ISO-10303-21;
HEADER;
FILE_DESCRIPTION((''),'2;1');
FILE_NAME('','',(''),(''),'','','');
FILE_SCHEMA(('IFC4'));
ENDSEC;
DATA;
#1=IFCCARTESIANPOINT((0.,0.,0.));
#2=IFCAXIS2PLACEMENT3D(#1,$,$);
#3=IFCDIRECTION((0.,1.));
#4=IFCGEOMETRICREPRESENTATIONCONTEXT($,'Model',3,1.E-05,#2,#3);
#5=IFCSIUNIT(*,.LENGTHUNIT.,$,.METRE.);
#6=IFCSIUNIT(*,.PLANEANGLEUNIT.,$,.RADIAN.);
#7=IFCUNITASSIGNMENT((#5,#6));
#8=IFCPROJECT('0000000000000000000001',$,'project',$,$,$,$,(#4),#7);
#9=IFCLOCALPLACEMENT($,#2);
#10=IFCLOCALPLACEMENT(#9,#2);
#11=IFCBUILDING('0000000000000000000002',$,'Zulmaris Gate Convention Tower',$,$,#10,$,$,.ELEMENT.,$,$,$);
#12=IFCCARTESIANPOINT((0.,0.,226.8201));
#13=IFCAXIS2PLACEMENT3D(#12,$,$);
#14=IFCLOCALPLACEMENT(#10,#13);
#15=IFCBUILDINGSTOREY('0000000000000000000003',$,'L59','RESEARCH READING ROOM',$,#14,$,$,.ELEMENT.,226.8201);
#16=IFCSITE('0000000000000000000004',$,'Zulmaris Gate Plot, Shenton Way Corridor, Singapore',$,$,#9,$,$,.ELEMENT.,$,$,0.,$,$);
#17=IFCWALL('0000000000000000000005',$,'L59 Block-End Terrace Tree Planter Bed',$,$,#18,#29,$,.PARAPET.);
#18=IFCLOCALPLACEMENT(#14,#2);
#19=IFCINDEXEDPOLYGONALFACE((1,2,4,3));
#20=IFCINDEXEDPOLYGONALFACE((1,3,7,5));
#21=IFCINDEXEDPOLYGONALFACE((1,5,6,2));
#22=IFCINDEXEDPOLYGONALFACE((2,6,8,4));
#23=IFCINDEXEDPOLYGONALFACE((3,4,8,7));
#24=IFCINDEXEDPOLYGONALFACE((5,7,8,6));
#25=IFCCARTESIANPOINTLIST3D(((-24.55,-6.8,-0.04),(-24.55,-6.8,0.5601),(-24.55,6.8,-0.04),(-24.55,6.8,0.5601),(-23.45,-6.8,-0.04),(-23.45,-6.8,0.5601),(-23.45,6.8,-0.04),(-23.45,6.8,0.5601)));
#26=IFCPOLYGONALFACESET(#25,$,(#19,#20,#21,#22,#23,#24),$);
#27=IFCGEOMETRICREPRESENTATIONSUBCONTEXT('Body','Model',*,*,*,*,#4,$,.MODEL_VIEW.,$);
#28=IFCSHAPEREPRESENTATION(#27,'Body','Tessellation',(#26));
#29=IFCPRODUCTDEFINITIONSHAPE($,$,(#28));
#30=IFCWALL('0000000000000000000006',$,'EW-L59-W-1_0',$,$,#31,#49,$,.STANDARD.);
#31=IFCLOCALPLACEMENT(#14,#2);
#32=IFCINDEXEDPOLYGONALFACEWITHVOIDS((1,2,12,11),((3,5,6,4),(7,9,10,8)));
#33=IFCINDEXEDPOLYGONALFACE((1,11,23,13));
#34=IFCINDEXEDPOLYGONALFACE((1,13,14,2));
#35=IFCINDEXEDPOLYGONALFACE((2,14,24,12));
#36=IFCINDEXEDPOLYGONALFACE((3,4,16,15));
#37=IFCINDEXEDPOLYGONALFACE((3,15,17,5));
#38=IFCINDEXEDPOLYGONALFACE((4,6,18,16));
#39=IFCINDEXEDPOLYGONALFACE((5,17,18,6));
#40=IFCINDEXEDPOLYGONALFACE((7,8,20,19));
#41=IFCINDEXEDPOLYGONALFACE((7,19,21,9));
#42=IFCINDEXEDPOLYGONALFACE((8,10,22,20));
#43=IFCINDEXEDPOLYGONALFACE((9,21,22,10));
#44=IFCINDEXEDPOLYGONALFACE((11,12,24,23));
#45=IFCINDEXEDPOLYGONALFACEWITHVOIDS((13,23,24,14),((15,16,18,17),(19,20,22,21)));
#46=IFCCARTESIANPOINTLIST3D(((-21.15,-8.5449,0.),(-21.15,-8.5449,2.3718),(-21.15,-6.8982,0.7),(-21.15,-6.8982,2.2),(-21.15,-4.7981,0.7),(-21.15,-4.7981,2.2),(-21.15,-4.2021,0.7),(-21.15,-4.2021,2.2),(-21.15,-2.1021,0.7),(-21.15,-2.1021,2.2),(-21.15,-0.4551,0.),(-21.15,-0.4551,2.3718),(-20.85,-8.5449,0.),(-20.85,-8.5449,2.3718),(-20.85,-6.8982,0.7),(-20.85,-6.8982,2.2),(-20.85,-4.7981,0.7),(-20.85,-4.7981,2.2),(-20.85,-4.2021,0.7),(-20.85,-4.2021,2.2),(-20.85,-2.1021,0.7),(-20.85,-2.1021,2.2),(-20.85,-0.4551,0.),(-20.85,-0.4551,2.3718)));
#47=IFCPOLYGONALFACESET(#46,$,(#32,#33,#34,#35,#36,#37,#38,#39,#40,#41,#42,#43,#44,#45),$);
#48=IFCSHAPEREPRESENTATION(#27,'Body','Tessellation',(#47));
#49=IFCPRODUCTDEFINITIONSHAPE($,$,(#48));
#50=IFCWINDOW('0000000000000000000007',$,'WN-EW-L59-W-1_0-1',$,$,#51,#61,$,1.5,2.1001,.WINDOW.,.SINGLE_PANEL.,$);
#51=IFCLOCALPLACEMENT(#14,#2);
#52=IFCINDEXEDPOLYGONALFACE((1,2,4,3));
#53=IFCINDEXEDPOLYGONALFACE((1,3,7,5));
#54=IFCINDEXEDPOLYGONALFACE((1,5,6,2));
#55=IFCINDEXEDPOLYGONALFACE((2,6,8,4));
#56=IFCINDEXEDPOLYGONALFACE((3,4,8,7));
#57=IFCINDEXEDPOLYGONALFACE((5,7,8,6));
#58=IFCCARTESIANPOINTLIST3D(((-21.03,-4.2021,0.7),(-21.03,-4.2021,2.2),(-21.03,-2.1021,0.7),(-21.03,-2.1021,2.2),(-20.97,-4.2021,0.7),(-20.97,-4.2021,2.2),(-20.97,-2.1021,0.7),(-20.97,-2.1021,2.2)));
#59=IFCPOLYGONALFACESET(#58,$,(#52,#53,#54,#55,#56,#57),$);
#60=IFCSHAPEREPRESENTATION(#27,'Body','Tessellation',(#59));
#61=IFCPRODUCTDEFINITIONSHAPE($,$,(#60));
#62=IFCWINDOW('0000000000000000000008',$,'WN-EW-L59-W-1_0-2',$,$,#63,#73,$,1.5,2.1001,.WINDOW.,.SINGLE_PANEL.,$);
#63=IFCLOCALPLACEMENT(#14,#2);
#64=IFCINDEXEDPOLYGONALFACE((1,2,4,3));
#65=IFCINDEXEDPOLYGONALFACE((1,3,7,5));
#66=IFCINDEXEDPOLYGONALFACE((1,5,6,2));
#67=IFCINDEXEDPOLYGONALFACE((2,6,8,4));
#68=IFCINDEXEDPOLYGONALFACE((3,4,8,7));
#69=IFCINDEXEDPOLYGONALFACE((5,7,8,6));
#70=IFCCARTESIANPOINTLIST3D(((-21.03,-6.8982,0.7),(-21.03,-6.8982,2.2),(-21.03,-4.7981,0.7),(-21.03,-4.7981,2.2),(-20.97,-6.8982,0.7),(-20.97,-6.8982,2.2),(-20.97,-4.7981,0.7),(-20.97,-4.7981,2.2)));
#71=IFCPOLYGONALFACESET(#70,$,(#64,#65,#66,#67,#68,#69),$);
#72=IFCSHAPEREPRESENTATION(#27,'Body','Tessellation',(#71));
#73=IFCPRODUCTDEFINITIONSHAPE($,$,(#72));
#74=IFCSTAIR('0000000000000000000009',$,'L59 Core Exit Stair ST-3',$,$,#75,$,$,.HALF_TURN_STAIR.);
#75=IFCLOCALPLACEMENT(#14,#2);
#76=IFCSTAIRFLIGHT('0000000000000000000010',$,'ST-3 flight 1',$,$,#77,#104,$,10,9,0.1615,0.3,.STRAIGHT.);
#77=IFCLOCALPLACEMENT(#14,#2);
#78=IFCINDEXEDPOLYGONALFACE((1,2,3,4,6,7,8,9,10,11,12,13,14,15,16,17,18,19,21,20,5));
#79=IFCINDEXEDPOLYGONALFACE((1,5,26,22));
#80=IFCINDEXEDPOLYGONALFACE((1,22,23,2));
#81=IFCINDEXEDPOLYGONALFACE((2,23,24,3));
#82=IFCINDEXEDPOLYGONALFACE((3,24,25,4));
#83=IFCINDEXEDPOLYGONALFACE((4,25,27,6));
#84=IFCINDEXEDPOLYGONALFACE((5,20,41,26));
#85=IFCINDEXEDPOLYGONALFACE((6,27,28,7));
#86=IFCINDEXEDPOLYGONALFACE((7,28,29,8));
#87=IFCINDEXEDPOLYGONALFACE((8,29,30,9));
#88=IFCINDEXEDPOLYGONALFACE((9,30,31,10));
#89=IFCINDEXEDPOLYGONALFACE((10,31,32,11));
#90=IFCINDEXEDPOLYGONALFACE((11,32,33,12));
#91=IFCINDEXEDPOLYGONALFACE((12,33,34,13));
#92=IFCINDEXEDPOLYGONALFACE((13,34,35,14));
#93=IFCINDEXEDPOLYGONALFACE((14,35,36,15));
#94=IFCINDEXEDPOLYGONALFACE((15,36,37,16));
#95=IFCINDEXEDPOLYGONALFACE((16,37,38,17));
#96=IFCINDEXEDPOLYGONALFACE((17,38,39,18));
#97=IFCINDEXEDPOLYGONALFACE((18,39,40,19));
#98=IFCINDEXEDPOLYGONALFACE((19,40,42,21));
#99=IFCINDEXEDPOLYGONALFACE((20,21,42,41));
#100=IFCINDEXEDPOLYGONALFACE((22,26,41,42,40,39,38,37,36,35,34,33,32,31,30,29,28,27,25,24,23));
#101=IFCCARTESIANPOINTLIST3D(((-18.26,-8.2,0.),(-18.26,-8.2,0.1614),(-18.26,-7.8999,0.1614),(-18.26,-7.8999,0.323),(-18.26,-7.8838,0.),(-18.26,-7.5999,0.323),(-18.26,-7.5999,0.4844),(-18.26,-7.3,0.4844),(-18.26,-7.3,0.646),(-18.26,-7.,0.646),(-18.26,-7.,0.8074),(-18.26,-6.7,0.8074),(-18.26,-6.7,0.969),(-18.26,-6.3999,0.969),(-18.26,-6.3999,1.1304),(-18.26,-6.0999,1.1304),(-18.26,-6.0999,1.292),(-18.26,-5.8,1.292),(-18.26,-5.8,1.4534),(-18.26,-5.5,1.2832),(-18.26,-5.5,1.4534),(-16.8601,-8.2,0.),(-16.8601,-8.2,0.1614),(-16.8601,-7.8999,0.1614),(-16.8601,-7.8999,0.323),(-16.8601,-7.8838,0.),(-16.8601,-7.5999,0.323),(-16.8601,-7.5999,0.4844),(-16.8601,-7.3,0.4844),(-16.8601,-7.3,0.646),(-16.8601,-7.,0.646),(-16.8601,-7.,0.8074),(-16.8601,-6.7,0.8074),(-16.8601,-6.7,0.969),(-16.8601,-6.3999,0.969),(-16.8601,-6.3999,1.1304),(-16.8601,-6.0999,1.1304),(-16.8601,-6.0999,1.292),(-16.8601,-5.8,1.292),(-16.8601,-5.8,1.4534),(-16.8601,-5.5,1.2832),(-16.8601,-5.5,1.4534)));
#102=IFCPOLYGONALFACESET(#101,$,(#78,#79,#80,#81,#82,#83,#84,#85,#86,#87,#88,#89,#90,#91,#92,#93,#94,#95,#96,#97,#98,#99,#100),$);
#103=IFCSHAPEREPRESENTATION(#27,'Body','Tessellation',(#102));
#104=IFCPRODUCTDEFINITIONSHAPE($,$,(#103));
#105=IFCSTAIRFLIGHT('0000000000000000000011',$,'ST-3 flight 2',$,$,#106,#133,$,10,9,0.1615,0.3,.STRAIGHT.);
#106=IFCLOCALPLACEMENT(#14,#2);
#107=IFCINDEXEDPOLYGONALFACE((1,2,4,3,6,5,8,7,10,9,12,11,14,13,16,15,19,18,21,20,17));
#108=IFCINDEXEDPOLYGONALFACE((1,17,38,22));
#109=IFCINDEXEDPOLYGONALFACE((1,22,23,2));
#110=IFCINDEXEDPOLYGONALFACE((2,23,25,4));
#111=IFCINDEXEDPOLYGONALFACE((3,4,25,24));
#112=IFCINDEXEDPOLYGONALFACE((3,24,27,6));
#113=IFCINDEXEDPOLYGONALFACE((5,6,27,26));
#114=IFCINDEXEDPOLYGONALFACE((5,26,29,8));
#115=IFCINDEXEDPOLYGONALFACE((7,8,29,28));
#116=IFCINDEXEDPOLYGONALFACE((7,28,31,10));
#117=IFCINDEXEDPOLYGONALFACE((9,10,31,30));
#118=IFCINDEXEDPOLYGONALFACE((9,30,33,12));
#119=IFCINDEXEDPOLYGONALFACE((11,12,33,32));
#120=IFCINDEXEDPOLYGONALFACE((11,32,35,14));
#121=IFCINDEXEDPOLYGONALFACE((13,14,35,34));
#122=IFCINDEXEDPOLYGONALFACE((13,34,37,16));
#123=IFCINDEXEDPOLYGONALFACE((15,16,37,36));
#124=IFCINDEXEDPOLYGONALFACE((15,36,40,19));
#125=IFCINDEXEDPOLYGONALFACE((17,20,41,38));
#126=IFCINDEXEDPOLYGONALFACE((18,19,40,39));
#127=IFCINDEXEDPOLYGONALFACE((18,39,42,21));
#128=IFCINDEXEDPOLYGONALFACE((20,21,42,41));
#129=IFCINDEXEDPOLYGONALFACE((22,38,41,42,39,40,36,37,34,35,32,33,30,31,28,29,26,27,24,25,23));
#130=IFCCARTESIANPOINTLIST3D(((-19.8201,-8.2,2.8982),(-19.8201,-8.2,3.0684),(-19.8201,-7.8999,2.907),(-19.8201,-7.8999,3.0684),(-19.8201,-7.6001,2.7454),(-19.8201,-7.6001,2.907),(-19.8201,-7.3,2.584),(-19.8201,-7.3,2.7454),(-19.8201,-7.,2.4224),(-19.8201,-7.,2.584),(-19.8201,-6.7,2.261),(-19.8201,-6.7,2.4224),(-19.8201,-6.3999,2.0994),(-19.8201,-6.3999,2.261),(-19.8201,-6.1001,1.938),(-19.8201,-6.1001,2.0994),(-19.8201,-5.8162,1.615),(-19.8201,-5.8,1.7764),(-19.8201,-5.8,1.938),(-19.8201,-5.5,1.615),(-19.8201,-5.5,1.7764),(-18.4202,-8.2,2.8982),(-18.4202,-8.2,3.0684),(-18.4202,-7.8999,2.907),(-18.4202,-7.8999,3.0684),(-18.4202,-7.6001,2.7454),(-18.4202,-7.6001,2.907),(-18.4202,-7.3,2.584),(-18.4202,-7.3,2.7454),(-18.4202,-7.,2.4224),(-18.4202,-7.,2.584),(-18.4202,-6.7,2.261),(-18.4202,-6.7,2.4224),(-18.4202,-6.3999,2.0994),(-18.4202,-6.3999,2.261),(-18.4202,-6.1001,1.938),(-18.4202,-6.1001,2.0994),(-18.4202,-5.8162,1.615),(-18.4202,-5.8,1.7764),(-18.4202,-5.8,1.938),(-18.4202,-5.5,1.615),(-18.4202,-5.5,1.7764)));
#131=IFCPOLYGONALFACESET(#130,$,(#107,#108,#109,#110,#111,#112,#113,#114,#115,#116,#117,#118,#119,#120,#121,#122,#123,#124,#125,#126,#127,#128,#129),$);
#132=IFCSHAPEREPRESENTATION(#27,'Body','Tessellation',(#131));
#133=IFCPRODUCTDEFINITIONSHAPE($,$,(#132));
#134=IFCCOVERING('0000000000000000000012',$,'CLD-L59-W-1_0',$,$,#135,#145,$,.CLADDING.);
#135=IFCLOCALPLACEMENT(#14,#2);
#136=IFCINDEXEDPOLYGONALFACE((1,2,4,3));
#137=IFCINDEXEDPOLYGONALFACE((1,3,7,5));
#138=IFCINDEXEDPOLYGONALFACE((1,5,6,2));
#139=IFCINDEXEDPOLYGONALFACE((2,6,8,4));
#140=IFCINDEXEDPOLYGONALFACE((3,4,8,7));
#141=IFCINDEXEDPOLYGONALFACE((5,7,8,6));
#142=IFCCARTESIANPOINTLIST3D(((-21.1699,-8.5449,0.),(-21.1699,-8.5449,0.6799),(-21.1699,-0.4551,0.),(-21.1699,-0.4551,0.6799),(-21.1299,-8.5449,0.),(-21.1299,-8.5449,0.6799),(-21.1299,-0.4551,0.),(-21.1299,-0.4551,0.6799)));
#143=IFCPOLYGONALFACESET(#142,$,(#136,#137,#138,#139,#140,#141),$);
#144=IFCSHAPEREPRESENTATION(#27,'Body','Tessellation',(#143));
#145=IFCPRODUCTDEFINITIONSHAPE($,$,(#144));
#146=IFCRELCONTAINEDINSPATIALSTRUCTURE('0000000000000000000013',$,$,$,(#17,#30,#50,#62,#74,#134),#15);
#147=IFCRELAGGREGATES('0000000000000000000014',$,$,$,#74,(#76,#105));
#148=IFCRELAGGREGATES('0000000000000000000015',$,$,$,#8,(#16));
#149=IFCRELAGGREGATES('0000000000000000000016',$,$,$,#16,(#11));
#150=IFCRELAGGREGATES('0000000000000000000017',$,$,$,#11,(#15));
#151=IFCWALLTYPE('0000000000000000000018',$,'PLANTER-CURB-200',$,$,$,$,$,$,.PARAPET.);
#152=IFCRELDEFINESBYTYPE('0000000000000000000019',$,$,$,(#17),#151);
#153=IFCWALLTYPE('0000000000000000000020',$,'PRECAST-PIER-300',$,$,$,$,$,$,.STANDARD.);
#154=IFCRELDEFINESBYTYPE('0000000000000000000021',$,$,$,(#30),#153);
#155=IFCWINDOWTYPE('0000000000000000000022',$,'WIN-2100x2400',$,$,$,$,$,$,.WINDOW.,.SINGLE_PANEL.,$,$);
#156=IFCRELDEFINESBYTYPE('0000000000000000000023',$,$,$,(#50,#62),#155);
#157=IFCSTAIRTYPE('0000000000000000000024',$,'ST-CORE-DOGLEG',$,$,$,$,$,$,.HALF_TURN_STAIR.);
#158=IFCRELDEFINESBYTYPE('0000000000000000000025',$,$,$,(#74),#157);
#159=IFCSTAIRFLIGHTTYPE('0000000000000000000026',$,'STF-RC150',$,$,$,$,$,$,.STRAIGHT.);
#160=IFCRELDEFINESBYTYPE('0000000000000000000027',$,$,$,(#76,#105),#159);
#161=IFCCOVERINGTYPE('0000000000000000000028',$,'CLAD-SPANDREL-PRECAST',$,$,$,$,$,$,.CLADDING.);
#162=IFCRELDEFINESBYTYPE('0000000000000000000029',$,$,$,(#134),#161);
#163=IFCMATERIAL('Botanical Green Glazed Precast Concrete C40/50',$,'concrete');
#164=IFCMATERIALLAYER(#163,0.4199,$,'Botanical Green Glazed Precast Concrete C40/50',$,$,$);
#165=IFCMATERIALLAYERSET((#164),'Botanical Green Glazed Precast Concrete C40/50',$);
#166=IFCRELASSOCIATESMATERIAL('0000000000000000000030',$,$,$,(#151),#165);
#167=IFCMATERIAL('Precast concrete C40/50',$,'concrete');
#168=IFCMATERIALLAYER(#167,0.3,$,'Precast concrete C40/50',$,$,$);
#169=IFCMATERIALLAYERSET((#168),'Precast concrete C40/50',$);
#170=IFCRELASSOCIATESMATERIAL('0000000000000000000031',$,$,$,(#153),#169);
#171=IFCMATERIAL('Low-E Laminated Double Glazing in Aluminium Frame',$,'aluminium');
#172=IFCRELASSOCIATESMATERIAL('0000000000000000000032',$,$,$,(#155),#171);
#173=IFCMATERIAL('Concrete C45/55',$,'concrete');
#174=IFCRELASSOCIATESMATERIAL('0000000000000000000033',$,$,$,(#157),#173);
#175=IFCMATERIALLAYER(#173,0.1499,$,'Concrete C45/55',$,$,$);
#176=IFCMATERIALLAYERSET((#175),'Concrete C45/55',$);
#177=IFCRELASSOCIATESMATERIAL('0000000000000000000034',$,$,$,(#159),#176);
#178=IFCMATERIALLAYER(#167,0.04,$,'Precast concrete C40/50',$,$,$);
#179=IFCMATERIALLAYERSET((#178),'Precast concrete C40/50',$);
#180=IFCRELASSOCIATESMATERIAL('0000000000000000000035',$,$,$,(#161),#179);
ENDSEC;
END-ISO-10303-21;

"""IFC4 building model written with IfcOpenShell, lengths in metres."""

from ifc_helpers import new_model, si_unit, direction, frame, frame_2d, origin, place, context, subcontext, project, spatial, polyline, rectangle, outline, extrude, material, layer, layer_set, type_object, element, fill, aggregate, save


model = new_model("IFC4")

# Units and contexts
model_context = context("Model", 3, precision=1e-05, world=origin(), true_north=direction((0.0, 1.0)))
body_context = subcontext(model_context, "Body", "Model", "MODEL_VIEW")
ifc_project = project(units=[si_unit("LENGTHUNIT", "METRE"), si_unit("PLANEANGLEUNIT", "RADIAN")], contexts=[model_context])

# Site, building, storey
site_placement = place(None, origin())
site = spatial("IfcSite", under=ifc_project, at=site_placement, Name="Zulmaris Gate Plot, Shenton Way Corridor, Singapore", CompositionType="ELEMENT", RefElevation=0.0)
building_placement = place(site_placement, origin())
building = spatial("IfcBuilding", under=site, at=building_placement, Name="Zulmaris Gate Convention Tower", CompositionType="ELEMENT")
storey_placement = place(building_placement, frame((0.0, 0.0, 226.8201)))
storey = spatial("IfcBuildingStorey", under=building, at=storey_placement, Name="L59", Description="RESEARCH READING ROOM", CompositionType="ELEMENT", Elevation=226.8201)

# Wall
ifc_material_1 = material(Name="Botanical Green Glazed Precast Concrete C40/50", Category="concrete")
ifc_layer_1 = layer(ifc_material_1, 0.4199, Name="Botanical Green Glazed Precast Concrete C40/50")
ifc_layer_set_1 = layer_set([ifc_layer_1], Name="Botanical Green Glazed Precast Concrete C40/50")
wall_type_1 = type_object("IfcWallType", Name="PLANTER-CURB-200", PredefinedType="PARAPET", material=ifc_layer_set_1)
wall_1_placement = place(storey_placement, frame((-24.0, -6.8, -0.04), z_axis=(0.0, 0.0, 1.0), x_axis=(0.0, 1.0, 0.0)))
element("IfcWall", 1, at=wall_1_placement, inside=storey, type_object=wall_type_1, Name="L59 Block-End Terrace Tree Planter Bed", PredefinedType="PARAPET", context=body_context, shape_type="SweptSolid", body=[
    extrude(rectangle(XDim=13.6001, YDim=1.1001, at=frame_2d((6.8, 0.0))), origin(), (0.0, 0.0, 1.0), 0.6001),
])

# Wall, openings, windows
ifc_material_2 = material(Name="Precast concrete C40/50", Category="concrete")
ifc_layer_2 = layer(ifc_material_2, 0.3, Name="Precast concrete C40/50")
ifc_layer_set_2 = layer_set([ifc_layer_2], Name="Precast concrete C40/50")
wall_type_2 = type_object("IfcWallType", Name="PRECAST-PIER-300", PredefinedType="STANDARD", material=ifc_layer_set_2)
wall_2_placement = place(storey_placement, frame((-21.0, -0.4551, 0.0), z_axis=(0.0, 0.0, 1.0), x_axis=(0.0, -1.0, 0.0)))
wall_2 = element("IfcWall", 2, at=wall_2_placement, inside=storey, type_object=wall_type_2, Name="EW-L59-W-1_0", PredefinedType="STANDARD", context=body_context, shape_type="SweptSolid", body=[
    extrude(rectangle(XDim=8.0898, YDim=0.3, at=frame_2d((4.0449, 0.0))), origin(), (0.0, 0.0, 1.0), 2.3718),
])
opening_1_placement = place(wall_2_placement, frame((1.647, 0.0, 0.7)))
opening_1 = element("IfcOpeningElement", 3, at=opening_1_placement, cuts=wall_2, PredefinedType="OPENING", context=body_context, shape_type="SweptSolid", body=[
    extrude(rectangle(XDim=2.1001, YDim=1.5, at=frame_2d((1.05, 0.75))), frame((0.0, 0.1602, 0.0), z_axis=(0.0, -1.0, 0.0), x_axis=(1.0, 0.0, 0.0)), (0.0, 0.0, 1.0), 0.3201),
])
opening_2_placement = place(wall_2_placement, frame((4.343, 0.0, 0.7)))
opening_2 = element("IfcOpeningElement", 4, at=opening_2_placement, cuts=wall_2, PredefinedType="OPENING", context=body_context, shape_type="SweptSolid", body=[
    extrude(rectangle(XDim=2.1001, YDim=1.5, at=frame_2d((1.05, 0.75))), frame((0.0, 0.1602, 0.0), z_axis=(0.0, -1.0, 0.0), x_axis=(1.0, 0.0, 0.0)), (0.0, 0.0, 1.0), 0.3201),
])
ifc_material_3 = material(Name="Low-E Laminated Double Glazing in Aluminium Frame", Category="aluminium")
window_type = type_object("IfcWindowType", Name="WIN-2100x2400", PartitioningType="SINGLE_PANEL", PredefinedType="WINDOW", material=ifc_material_3)
window_1_placement = place(opening_1_placement, origin())
window_1 = element("IfcWindow", 5, at=window_1_placement, inside=storey, type_object=window_type, Name="WN-EW-L59-W-1_0-1", OverallHeight=1.5, OverallWidth=2.1001, PartitioningType="SINGLE_PANEL", PredefinedType="WINDOW", context=body_context, shape_type="SweptSolid", body=[
    extrude(rectangle(XDim=2.1001, YDim=1.5, at=frame_2d((1.05, 0.75))), frame((0.0, 0.03, 0.0), z_axis=(0.0, -1.0, 0.0), x_axis=(1.0, 0.0, 0.0)), (0.0, 0.0, 1.0), 0.0601),
])
fill(opening_1, window_1)
window_2_placement = place(opening_2_placement, origin())
window_2 = element("IfcWindow", 6, at=window_2_placement, inside=storey, type_object=window_type, Name="WN-EW-L59-W-1_0-2", OverallHeight=1.5, OverallWidth=2.1001, PartitioningType="SINGLE_PANEL", PredefinedType="WINDOW", context=body_context, shape_type="SweptSolid", body=[
    extrude(rectangle(XDim=2.1001, YDim=1.5, at=frame_2d((1.05, 0.75))), frame((0.0, 0.03, 0.0), z_axis=(0.0, -1.0, 0.0), x_axis=(1.0, 0.0, 0.0)), (0.0, 0.0, 1.0), 0.0601),
])
fill(opening_2, window_2)

# Stair, stair flights
ifc_material_4 = material(Name="Concrete C45/55", Category="concrete")
stair_type = type_object("IfcStairType", Name="ST-CORE-DOGLEG", PredefinedType="HALF_TURN_STAIR", material=ifc_material_4)
stair_placement = place(storey_placement, origin())
stair = element("IfcStair", 7, at=stair_placement, inside=storey, type_object=stair_type, Name="L59 Core Exit Stair ST-3", PredefinedType="HALF_TURN_STAIR")
ifc_layer_3 = layer(ifc_material_4, 0.1499, Name="Concrete C45/55")
ifc_layer_set_3 = layer_set([ifc_layer_3], Name="Concrete C45/55")
stair_flight_type = type_object("IfcStairFlightType", Name="STF-RC150", PredefinedType="STRAIGHT", material=ifc_layer_set_3)
stair_flight_1_placement = place(storey_placement, frame((-17.5601, -8.2, 0.0), z_axis=(0.0, 0.0, 1.0), x_axis=(0.0, 1.0, 0.0)))
stair_flight_1 = element("IfcStairFlight", 8, at=stair_flight_1_placement, type_object=stair_flight_type, Name="ST-3 flight 1", NumberOfRisers=10, NumberOfTreads=9, PredefinedType="STRAIGHT", RiserHeight=0.1615, TreadLength=0.3, context=body_context, shape_type="SweptSolid", body=[
    extrude(outline(polyline([(0.0, 0.0), (0.0, 0.1614), (0.3, 0.1614), (0.3, 0.323), (0.6001, 0.323), (0.6001, 0.4844), (0.8999, 0.4844), (0.8999, 0.646), (1.2, 0.646), (1.2, 0.8074), (1.5, 0.8074), (1.5, 0.969), (1.8, 0.969), (1.8, 1.1304), (2.1001, 1.1304), (2.1001, 1.292), (2.3999, 1.292), (2.3999, 1.4534), (2.7, 1.4534), (2.7, 1.615), (2.7, 1.2832), (0.3162, 0.0), (0.0, 0.0)])), frame((0.0, 0.7, 0.0), z_axis=(0.0, -1.0, 0.0), x_axis=(1.0, 0.0, 0.0)), (0.0, 0.0, 1.0), 1.3999),
])
stair_flight_2_placement = place(storey_placement, frame((-19.1201, -5.5, 1.615), z_axis=(0.0, 0.0, 1.0), x_axis=(0.0, -1.0, 0.0)))
stair_flight_2 = element("IfcStairFlight", 9, at=stair_flight_2_placement, type_object=stair_flight_type, Name="ST-3 flight 2", NumberOfRisers=10, NumberOfTreads=9, PredefinedType="STRAIGHT", RiserHeight=0.1615, TreadLength=0.3, context=body_context, shape_type="SweptSolid", body=[
    extrude(outline(polyline([(0.0, 0.0), (0.0, 0.1614), (0.3, 0.1614), (0.3, 0.323), (0.6001, 0.323), (0.6001, 0.4844), (0.8999, 0.4844), (0.8999, 0.646), (1.2, 0.646), (1.2, 0.8074), (1.5, 0.8074), (1.5, 0.969), (1.8, 0.969), (1.8, 1.1304), (2.1001, 1.1304), (2.1001, 1.292), (2.3999, 1.292), (2.3999, 1.4534), (2.7, 1.4534), (2.7, 1.615), (2.7, 1.2832), (0.3162, 0.0), (0.0, 0.0)])), frame((0.0, 0.7, 0.0), z_axis=(0.0, -1.0, 0.0), x_axis=(1.0, 0.0, 0.0)), (0.0, 0.0, 1.0), 1.3999),
])
aggregate(stair, [stair_flight_1, stair_flight_2])

# Covering
ifc_layer_4 = layer(ifc_material_2, 0.04, Name="Precast concrete C40/50")
ifc_layer_set_4 = layer_set([ifc_layer_4], Name="Precast concrete C40/50")
covering_type = type_object("IfcCoveringType", Name="CLAD-SPANDREL-PRECAST", PredefinedType="CLADDING", material=ifc_layer_set_4)
covering_placement = place(storey_placement, frame((-21.1499, -0.4551, 0.0), z_axis=(0.0, 0.0, 1.0), x_axis=(0.0, -1.0, 0.0)))
element("IfcCovering", 10, at=covering_placement, inside=storey, type_object=covering_type, Name="CLD-L59-W-1_0", PredefinedType="CLADDING", context=body_context, shape_type="SweptSolid", body=[
    extrude(rectangle(XDim=8.0898, YDim=0.04, at=frame_2d((4.0449, 0.0))), origin(), (0.0, 0.0, 1.0), 0.6799),
])

save(model, "model.ifc")
